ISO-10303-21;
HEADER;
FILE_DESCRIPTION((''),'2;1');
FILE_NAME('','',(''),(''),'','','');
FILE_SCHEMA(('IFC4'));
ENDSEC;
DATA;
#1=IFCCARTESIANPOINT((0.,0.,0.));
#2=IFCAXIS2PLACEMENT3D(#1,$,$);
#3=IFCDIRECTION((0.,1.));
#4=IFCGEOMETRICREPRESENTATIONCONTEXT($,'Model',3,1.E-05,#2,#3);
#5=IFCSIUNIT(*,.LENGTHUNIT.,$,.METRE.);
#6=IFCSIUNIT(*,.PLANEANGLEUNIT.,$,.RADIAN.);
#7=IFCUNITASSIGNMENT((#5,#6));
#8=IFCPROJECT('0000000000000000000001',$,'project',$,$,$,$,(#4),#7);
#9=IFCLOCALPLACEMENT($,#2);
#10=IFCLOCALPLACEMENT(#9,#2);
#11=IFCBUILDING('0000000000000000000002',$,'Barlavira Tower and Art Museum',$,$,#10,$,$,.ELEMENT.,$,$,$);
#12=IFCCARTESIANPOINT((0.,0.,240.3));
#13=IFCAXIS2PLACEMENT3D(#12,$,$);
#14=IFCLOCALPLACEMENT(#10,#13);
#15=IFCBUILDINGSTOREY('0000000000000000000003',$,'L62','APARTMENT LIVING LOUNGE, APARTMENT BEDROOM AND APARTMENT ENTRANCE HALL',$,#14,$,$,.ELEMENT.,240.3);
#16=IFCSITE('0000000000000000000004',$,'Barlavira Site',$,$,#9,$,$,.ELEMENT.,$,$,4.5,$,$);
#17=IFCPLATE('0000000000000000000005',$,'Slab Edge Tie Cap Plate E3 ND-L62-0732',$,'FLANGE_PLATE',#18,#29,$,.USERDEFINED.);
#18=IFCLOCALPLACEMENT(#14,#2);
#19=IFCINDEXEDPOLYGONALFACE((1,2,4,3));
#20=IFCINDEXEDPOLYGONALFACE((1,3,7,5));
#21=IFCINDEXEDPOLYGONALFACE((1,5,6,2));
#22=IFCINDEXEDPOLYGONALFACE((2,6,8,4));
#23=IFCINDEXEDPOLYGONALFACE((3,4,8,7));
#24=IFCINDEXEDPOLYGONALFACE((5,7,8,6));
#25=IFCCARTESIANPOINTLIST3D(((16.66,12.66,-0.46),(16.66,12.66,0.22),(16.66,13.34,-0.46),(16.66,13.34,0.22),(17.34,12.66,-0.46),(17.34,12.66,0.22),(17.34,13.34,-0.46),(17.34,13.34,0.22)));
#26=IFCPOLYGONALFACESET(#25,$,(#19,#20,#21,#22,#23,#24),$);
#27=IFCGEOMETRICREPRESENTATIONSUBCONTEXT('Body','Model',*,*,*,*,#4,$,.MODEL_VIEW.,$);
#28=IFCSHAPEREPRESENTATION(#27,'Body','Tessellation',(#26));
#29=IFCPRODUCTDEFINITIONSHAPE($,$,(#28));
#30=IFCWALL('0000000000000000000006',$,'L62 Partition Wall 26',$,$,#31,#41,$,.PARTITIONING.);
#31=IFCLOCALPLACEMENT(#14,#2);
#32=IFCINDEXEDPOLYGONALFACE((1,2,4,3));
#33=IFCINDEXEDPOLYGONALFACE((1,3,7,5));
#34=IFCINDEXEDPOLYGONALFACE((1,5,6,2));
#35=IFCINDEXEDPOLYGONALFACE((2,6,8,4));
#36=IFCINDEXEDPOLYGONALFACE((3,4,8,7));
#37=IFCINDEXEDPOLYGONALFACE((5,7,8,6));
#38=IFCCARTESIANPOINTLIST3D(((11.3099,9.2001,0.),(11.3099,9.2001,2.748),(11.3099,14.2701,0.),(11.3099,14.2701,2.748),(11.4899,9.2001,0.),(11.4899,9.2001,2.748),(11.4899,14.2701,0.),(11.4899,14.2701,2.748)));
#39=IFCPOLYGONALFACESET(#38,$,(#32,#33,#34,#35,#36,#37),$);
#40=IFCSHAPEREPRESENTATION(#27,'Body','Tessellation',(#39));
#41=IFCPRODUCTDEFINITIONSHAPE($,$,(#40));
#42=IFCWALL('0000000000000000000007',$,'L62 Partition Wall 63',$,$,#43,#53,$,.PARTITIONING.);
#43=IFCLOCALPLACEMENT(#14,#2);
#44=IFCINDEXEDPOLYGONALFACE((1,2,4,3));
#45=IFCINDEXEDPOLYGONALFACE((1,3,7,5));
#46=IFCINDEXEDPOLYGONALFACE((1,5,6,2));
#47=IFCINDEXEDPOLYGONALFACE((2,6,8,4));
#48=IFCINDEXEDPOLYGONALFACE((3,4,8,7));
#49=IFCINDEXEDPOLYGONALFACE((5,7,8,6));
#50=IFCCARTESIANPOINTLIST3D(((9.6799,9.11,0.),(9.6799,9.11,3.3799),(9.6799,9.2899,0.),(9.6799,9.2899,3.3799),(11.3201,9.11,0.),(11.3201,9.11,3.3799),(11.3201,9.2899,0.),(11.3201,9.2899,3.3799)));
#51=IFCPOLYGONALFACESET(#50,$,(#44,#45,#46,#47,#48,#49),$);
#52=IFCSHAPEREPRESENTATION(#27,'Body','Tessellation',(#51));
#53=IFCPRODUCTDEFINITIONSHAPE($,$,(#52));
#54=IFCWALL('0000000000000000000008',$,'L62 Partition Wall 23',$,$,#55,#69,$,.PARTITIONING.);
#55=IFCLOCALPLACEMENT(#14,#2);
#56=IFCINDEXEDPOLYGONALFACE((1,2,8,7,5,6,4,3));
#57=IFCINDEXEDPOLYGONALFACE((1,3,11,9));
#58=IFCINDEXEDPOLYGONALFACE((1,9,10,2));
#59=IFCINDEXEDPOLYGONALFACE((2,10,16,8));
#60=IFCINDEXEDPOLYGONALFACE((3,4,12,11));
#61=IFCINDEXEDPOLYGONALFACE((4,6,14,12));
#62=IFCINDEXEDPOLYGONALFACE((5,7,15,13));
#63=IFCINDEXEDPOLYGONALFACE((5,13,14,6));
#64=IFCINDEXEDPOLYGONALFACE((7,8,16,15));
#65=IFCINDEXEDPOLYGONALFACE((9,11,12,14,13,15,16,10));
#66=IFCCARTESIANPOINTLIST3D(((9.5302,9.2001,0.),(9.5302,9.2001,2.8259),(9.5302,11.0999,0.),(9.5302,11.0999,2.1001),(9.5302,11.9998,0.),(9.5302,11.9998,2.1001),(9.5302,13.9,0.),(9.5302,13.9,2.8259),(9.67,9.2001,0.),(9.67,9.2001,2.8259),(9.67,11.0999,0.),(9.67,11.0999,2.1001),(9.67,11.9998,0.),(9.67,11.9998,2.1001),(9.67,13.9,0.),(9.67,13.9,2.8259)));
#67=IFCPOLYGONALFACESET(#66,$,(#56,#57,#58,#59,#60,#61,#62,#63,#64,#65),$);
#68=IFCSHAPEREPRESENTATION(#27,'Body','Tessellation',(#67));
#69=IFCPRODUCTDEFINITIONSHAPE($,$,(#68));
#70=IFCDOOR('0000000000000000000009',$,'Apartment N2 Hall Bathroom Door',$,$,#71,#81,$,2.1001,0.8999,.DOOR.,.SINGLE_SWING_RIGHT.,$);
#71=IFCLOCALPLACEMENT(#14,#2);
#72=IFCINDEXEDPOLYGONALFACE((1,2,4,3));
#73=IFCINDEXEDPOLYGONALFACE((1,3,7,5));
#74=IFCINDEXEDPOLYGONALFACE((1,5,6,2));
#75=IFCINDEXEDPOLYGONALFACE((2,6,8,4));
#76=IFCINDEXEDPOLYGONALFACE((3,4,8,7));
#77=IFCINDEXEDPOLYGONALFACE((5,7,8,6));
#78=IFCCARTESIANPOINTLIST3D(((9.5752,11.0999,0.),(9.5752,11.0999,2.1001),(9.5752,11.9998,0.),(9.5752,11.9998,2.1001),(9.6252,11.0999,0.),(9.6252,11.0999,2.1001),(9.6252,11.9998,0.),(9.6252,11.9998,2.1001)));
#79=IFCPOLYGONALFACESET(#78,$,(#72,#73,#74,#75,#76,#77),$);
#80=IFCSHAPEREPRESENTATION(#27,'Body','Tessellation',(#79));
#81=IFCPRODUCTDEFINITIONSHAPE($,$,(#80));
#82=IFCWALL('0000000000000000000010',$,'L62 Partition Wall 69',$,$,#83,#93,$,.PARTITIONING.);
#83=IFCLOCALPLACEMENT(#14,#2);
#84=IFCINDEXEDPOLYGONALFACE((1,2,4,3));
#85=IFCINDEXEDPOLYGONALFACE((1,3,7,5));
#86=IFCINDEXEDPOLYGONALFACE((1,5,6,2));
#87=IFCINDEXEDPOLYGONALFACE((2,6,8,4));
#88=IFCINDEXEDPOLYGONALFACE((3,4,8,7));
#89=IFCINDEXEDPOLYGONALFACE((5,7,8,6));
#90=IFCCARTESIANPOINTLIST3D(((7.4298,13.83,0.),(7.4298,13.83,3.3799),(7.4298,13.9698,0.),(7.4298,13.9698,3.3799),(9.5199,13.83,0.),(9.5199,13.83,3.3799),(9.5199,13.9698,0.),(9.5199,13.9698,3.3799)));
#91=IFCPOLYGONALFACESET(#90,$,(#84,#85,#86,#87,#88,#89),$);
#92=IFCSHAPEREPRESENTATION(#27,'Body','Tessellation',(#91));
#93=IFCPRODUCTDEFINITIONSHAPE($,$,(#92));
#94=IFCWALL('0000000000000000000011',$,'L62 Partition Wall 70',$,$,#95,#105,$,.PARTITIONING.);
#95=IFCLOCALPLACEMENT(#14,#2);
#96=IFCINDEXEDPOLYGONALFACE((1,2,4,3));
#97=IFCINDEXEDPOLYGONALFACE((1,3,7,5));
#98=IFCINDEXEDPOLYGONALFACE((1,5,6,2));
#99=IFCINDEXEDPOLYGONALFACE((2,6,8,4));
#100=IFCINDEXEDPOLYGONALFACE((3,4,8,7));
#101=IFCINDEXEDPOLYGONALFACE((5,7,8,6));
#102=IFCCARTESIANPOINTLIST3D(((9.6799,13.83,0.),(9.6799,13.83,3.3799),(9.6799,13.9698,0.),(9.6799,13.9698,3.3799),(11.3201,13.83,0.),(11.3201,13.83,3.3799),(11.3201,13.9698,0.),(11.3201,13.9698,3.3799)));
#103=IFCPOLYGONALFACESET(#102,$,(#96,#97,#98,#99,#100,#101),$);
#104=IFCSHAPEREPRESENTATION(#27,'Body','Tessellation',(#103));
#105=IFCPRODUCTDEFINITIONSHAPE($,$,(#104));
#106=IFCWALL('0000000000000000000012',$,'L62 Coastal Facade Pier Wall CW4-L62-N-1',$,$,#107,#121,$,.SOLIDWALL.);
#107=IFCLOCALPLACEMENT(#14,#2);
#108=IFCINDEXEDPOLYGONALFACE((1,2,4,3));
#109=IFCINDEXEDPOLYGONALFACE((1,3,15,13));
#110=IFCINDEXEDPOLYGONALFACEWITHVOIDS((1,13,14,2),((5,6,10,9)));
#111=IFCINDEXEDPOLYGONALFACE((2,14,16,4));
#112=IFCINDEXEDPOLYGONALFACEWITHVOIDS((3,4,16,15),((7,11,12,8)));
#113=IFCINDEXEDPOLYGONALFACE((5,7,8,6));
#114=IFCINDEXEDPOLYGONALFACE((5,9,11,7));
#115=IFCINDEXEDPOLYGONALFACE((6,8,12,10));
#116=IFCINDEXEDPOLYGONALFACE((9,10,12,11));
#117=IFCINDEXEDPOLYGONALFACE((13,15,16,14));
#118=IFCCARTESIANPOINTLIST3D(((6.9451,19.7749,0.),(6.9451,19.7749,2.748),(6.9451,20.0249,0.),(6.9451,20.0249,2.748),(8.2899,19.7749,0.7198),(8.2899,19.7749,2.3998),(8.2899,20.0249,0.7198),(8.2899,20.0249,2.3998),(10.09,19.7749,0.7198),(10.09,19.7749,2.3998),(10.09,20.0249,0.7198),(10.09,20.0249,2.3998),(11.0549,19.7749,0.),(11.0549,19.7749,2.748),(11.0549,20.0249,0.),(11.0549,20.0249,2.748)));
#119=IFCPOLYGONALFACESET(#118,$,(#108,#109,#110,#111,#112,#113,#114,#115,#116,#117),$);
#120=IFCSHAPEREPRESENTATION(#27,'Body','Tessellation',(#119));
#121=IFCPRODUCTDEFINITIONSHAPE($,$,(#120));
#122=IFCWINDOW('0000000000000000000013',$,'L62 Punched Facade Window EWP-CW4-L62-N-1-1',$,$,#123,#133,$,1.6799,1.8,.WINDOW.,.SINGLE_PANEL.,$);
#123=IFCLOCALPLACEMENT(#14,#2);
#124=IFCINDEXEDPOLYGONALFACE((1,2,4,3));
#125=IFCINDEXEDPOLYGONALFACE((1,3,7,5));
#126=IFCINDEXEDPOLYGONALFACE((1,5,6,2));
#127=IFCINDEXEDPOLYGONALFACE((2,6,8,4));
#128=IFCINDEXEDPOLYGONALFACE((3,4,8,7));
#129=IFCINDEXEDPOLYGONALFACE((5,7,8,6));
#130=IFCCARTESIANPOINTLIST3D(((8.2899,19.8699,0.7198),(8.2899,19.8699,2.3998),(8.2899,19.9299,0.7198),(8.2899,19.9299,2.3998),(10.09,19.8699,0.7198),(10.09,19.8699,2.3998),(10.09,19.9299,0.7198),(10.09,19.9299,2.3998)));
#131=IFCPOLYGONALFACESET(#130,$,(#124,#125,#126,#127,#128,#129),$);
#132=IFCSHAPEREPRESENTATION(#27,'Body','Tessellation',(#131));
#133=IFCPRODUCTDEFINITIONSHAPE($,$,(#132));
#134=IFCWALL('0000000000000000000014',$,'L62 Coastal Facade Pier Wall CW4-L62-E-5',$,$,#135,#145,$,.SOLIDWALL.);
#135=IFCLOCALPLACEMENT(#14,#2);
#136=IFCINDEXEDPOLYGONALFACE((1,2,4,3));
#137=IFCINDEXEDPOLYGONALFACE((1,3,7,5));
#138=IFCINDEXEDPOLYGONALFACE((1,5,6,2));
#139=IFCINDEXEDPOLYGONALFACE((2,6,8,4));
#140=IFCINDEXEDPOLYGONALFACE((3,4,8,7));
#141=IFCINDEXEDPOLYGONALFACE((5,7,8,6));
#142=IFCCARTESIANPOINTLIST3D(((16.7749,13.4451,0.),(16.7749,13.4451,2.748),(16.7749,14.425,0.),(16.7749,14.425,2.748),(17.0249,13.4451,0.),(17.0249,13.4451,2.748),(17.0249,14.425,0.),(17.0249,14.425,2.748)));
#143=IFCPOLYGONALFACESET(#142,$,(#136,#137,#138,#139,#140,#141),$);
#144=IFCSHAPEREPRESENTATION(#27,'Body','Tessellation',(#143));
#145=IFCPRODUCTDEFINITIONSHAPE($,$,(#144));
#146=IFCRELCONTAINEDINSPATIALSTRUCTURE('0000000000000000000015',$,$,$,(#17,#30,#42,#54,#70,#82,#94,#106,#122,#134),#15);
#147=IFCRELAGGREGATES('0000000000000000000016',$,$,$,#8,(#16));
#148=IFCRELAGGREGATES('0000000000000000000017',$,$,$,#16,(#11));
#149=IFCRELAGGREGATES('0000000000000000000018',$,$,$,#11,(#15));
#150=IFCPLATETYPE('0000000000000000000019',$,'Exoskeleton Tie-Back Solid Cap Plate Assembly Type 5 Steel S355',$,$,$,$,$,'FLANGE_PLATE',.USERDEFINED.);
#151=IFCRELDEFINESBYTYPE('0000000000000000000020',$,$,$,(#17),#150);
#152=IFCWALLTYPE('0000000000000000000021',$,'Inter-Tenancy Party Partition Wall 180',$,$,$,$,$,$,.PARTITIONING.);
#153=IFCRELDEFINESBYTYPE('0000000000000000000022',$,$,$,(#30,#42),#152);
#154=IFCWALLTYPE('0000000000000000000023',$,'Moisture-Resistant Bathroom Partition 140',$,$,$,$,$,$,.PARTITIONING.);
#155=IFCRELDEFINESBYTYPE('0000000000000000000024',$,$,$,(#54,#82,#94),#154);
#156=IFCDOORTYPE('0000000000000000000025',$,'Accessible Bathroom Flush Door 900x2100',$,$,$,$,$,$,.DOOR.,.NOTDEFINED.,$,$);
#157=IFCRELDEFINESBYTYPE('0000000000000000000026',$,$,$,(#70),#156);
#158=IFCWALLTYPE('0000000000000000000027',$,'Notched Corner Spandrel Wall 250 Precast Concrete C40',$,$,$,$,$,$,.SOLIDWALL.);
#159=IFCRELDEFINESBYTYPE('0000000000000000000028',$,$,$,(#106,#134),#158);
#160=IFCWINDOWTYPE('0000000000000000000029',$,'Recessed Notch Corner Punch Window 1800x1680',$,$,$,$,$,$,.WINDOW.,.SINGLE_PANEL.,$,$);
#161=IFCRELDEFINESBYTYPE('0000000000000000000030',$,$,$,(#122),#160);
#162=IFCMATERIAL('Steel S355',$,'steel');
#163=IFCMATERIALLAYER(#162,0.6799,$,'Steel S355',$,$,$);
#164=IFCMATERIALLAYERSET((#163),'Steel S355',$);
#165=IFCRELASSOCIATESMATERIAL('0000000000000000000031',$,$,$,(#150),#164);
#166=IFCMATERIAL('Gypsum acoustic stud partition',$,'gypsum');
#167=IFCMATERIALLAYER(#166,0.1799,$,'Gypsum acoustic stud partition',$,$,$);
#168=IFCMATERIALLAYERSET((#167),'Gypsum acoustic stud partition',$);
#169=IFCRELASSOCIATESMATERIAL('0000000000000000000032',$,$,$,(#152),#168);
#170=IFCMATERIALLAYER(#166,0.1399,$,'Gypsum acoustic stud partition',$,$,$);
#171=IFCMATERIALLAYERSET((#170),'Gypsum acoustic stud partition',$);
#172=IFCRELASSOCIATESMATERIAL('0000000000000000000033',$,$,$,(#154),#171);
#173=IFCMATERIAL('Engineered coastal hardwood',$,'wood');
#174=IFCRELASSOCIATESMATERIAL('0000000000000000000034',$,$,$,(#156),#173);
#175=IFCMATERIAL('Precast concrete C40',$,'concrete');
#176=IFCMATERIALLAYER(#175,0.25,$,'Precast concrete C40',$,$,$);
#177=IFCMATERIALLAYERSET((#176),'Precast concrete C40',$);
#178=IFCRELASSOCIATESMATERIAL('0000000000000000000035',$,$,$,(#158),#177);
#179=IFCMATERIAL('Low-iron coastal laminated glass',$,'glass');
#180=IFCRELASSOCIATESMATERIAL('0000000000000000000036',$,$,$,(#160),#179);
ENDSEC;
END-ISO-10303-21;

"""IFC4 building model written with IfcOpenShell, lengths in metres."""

from ifc_helpers import new_model, si_unit, direction, frame, frame_2d, origin, origin_2d, place, context, subcontext, project, spatial, rectangle, extrude, material, layer, layer_set, type_object, element, fill, save


model = new_model("IFC4")

# Units and contexts
model_context = context("Model", 3, precision=1e-05, world=origin(), true_north=direction((0.0, 1.0)))
body_context = subcontext(model_context, "Body", "Model", "MODEL_VIEW")
ifc_project = project(units=[si_unit("LENGTHUNIT", "METRE"), si_unit("PLANEANGLEUNIT", "RADIAN")], contexts=[model_context])

# Site, building, storey
site_placement = place(None, origin())
site = spatial("IfcSite", under=ifc_project, at=site_placement, Name="Barlavira Site", CompositionType="ELEMENT", RefElevation=4.5)
building_placement = place(site_placement, origin())
building = spatial("IfcBuilding", under=site, at=building_placement, Name="Barlavira Tower and Art Museum", CompositionType="ELEMENT")
storey_placement = place(building_placement, frame((0.0, 0.0, 240.3)))
storey = spatial("IfcBuildingStorey", under=building, at=storey_placement, Name="L62", Description="APARTMENT LIVING LOUNGE, APARTMENT BEDROOM AND APARTMENT ENTRANCE HALL", CompositionType="ELEMENT", Elevation=240.3)

# Shared definitions
ifc_material_1 = material(Name="Steel S355", Category="steel")

# Plate
ifc_layer_1 = layer(ifc_material_1, 0.6799, Name="Steel S355")
ifc_layer_set_1 = layer_set([ifc_layer_1], Name="Steel S355")
plate_type = type_object("IfcPlateType", Name="Exoskeleton Tie-Back Solid Cap Plate Assembly Type 5 Steel S355", ElementType="FLANGE_PLATE", PredefinedType="USERDEFINED", material=ifc_layer_set_1)
for number, where, z_axis, x_axis, name in (
    (1, (17.0, 13.0, -0.46), (0.0, 0.0, 1.0), (1.0, 0.0, 0.0), "Slab Edge Tie Cap Plate E3 ND-L62-0732"),
):
    element("IfcPlate", number, at=place(storey_placement, frame(where, z_axis=z_axis, x_axis=x_axis)), inside=storey, type_object=plate_type, Name=name, ObjectType="FLANGE_PLATE", PredefinedType="USERDEFINED", context=body_context, shape_type="SweptSolid", body=[
        extrude(rectangle(XDim=0.6799, YDim=0.6799, at=origin_2d()), origin(), (0.0, 0.0, 1.0), 0.6799),
    ])

# Walls
ifc_material_2 = material(Name="Gypsum acoustic stud partition", Category="gypsum")
ifc_layer_2 = layer(ifc_material_2, 0.1799, Name="Gypsum acoustic stud partition")
ifc_layer_set_2 = layer_set([ifc_layer_2], Name="Gypsum acoustic stud partition")
wall_type_1 = type_object("IfcWallType", Name="Inter-Tenancy Party Partition Wall 180", PredefinedType="PARTITIONING", material=ifc_layer_set_2)
wall_1_placement = place(storey_placement, frame((11.3999, 9.2, 0.0), z_axis=(0.0, 0.0, 1.0), x_axis=(0.0, 1.0, 0.0)))
element("IfcWall", 2, at=wall_1_placement, inside=storey, type_object=wall_type_1, Name="L62 Partition Wall 26", PredefinedType="PARTITIONING", context=body_context, shape_type="SweptSolid", body=[
    extrude(rectangle(XDim=5.0701, YDim=0.1799, at=frame_2d((2.5352, 0.0))), origin(), (0.0, 0.0, 1.0), 2.748),
])
wall_2_placement = place(storey_placement, frame((9.6799, 9.2, 0.0), z_axis=(0.0, 0.0, 1.0), x_axis=(1.0, 0.0, 0.0)))
element("IfcWall", 3, at=wall_2_placement, inside=storey, type_object=wall_type_1, Name="L62 Partition Wall 63", PredefinedType="PARTITIONING", context=body_context, shape_type="SweptSolid", body=[
    extrude(rectangle(XDim=1.6401, YDim=0.1799, at=frame_2d((0.8201, 0.0))), origin(), (0.0, 0.0, 1.0), 3.3799),
])

# Wall, opening, door
ifc_layer_3 = layer(ifc_material_2, 0.1399, Name="Gypsum acoustic stud partition")
ifc_layer_set_3 = layer_set([ifc_layer_3], Name="Gypsum acoustic stud partition")
wall_type_2 = type_object("IfcWallType", Name="Moisture-Resistant Bathroom Partition 140", PredefinedType="PARTITIONING", material=ifc_layer_set_3)
wall_3_placement = place(storey_placement, frame((9.6001, 9.2, 0.0), z_axis=(0.0, 0.0, 1.0), x_axis=(0.0, 1.0, 0.0)))
wall_3 = element("IfcWall", 4, at=wall_3_placement, inside=storey, type_object=wall_type_2, Name="L62 Partition Wall 23", PredefinedType="PARTITIONING", context=body_context, shape_type="SweptSolid", body=[
    extrude(rectangle(XDim=4.7, YDim=0.1399, at=frame_2d((2.3501, 0.0))), origin(), (0.0, 0.0, 1.0), 2.8259),
])
opening_1_placement = place(wall_3_placement, frame((1.8999, 0.0, 0.0)))
opening_1 = element("IfcOpeningElement", 5, at=opening_1_placement, cuts=wall_3, PredefinedType="OPENING", context=body_context, shape_type="SweptSolid", body=[
    extrude(rectangle(XDim=0.8999, YDim=2.1001, at=frame_2d((0.45, 1.05))), frame((0.0, 0.0801, 0.0), z_axis=(0.0, -1.0, 0.0), x_axis=(1.0, 0.0, 0.0)), (0.0, 0.0, 1.0), 0.1599),
])
ifc_material_3 = material(Name="Engineered coastal hardwood", Category="wood")
door_type = type_object("IfcDoorType", Name="Accessible Bathroom Flush Door 900x2100", OperationType="NOTDEFINED", PredefinedType="DOOR", material=ifc_material_3)
door_placement = place(opening_1_placement, origin())
door = element("IfcDoor", 6, at=door_placement, inside=storey, type_object=door_type, Name="Apartment N2 Hall Bathroom Door", OperationType="SINGLE_SWING_RIGHT", OverallHeight=2.1001, OverallWidth=0.8999, PredefinedType="DOOR", context=body_context, shape_type="SweptSolid", body=[
    extrude(rectangle(XDim=0.8999, YDim=2.1001, at=frame_2d((0.45, 1.05))), frame((0.0, 0.0249, 0.0), z_axis=(0.0, -1.0, 0.0), x_axis=(1.0, 0.0, 0.0)), (0.0, 0.0, 1.0), 0.05),
])
fill(opening_1, door)

# Walls
wall_4_placement = place(storey_placement, frame((7.4299, 13.8999, 0.0), z_axis=(0.0, 0.0, 1.0), x_axis=(1.0, 0.0, 0.0)))
element("IfcWall", 7, at=wall_4_placement, inside=storey, type_object=wall_type_2, Name="L62 Partition Wall 69", PredefinedType="PARTITIONING", context=body_context, shape_type="SweptSolid", body=[
    extrude(rectangle(XDim=2.0901, YDim=0.1399, at=frame_2d((1.0449, 0.0))), origin(), (0.0, 0.0, 1.0), 3.3799),
])
wall_5_placement = place(storey_placement, frame((9.6799, 13.8999, 0.0), z_axis=(0.0, 0.0, 1.0), x_axis=(1.0, 0.0, 0.0)))
element("IfcWall", 8, at=wall_5_placement, inside=storey, type_object=wall_type_2, Name="L62 Partition Wall 70", PredefinedType="PARTITIONING", context=body_context, shape_type="SweptSolid", body=[
    extrude(rectangle(XDim=1.6401, YDim=0.1399, at=frame_2d((0.8201, 0.0))), origin(), (0.0, 0.0, 1.0), 3.3799),
])

# Wall, opening, window
ifc_material_4 = material(Name="Precast concrete C40", Category="concrete")
ifc_layer_4 = layer(ifc_material_4, 0.25, Name="Precast concrete C40")
ifc_layer_set_4 = layer_set([ifc_layer_4], Name="Precast concrete C40")
wall_type_3 = type_object("IfcWallType", Name="Notched Corner Spandrel Wall 250 Precast Concrete C40", PredefinedType="SOLIDWALL", material=ifc_layer_set_4)
wall_6_placement = place(storey_placement, frame((11.0549, 19.8999, 0.0), z_axis=(0.0, 0.0, 1.0), x_axis=(-1.0, 0.0, 0.0)))
wall_6 = element("IfcWall", 9, at=wall_6_placement, inside=storey, type_object=wall_type_3, Name="L62 Coastal Facade Pier Wall CW4-L62-N-1", PredefinedType="SOLIDWALL", context=body_context, shape_type="SweptSolid", body=[
    extrude(rectangle(XDim=4.1099, YDim=0.25, at=frame_2d((2.0549, 0.0))), origin(), (0.0, 0.0, 1.0), 2.748),
])
opening_2_placement = place(wall_6_placement, frame((0.9651, 0.0, 0.72)))
opening_2 = element("IfcOpeningElement", 10, at=opening_2_placement, cuts=wall_6, PredefinedType="OPENING", context=body_context, shape_type="SweptSolid", body=[
    extrude(rectangle(XDim=1.8, YDim=1.6799, at=frame_2d((0.8999, 0.8398))), frame((0.0, 0.135, 0.0), z_axis=(0.0, -1.0, 0.0), x_axis=(1.0, 0.0, 0.0)), (0.0, 0.0, 1.0), 0.27),
])
ifc_material_5 = material(Name="Low-iron coastal laminated glass", Category="glass")
window_type = type_object("IfcWindowType", Name="Recessed Notch Corner Punch Window 1800x1680", PartitioningType="SINGLE_PANEL", PredefinedType="WINDOW", material=ifc_material_5)
window_1_placement = place(opening_2_placement, origin())
window_1 = element("IfcWindow", 11, at=window_1_placement, inside=storey, type_object=window_type, Name="L62 Punched Facade Window EWP-CW4-L62-N-1-1", OverallHeight=1.6799, OverallWidth=1.8, PartitioningType="SINGLE_PANEL", PredefinedType="WINDOW", context=body_context, shape_type="SweptSolid", body=[
    extrude(rectangle(XDim=1.8, YDim=1.6799, at=frame_2d((0.8999, 0.8398))), frame((0.0, 0.03, 0.0), z_axis=(0.0, -1.0, 0.0), x_axis=(1.0, 0.0, 0.0)), (0.0, 0.0, 1.0), 0.0601),
])
fill(opening_2, window_1)

# Wall
wall_7_placement = place(storey_placement, frame((16.8999, 13.4451, 0.0), z_axis=(0.0, 0.0, 1.0), x_axis=(0.0, 1.0, 0.0)))
element("IfcWall", 12, at=wall_7_placement, inside=storey, type_object=wall_type_3, Name="L62 Coastal Facade Pier Wall CW4-L62-E-5", PredefinedType="SOLIDWALL", context=body_context, shape_type="SweptSolid", body=[
    extrude(rectangle(XDim=0.98, YDim=0.25, at=frame_2d((0.49, 0.0))), origin(), (0.0, 0.0, 1.0), 2.748),
])

save(model, "model.ifc")
